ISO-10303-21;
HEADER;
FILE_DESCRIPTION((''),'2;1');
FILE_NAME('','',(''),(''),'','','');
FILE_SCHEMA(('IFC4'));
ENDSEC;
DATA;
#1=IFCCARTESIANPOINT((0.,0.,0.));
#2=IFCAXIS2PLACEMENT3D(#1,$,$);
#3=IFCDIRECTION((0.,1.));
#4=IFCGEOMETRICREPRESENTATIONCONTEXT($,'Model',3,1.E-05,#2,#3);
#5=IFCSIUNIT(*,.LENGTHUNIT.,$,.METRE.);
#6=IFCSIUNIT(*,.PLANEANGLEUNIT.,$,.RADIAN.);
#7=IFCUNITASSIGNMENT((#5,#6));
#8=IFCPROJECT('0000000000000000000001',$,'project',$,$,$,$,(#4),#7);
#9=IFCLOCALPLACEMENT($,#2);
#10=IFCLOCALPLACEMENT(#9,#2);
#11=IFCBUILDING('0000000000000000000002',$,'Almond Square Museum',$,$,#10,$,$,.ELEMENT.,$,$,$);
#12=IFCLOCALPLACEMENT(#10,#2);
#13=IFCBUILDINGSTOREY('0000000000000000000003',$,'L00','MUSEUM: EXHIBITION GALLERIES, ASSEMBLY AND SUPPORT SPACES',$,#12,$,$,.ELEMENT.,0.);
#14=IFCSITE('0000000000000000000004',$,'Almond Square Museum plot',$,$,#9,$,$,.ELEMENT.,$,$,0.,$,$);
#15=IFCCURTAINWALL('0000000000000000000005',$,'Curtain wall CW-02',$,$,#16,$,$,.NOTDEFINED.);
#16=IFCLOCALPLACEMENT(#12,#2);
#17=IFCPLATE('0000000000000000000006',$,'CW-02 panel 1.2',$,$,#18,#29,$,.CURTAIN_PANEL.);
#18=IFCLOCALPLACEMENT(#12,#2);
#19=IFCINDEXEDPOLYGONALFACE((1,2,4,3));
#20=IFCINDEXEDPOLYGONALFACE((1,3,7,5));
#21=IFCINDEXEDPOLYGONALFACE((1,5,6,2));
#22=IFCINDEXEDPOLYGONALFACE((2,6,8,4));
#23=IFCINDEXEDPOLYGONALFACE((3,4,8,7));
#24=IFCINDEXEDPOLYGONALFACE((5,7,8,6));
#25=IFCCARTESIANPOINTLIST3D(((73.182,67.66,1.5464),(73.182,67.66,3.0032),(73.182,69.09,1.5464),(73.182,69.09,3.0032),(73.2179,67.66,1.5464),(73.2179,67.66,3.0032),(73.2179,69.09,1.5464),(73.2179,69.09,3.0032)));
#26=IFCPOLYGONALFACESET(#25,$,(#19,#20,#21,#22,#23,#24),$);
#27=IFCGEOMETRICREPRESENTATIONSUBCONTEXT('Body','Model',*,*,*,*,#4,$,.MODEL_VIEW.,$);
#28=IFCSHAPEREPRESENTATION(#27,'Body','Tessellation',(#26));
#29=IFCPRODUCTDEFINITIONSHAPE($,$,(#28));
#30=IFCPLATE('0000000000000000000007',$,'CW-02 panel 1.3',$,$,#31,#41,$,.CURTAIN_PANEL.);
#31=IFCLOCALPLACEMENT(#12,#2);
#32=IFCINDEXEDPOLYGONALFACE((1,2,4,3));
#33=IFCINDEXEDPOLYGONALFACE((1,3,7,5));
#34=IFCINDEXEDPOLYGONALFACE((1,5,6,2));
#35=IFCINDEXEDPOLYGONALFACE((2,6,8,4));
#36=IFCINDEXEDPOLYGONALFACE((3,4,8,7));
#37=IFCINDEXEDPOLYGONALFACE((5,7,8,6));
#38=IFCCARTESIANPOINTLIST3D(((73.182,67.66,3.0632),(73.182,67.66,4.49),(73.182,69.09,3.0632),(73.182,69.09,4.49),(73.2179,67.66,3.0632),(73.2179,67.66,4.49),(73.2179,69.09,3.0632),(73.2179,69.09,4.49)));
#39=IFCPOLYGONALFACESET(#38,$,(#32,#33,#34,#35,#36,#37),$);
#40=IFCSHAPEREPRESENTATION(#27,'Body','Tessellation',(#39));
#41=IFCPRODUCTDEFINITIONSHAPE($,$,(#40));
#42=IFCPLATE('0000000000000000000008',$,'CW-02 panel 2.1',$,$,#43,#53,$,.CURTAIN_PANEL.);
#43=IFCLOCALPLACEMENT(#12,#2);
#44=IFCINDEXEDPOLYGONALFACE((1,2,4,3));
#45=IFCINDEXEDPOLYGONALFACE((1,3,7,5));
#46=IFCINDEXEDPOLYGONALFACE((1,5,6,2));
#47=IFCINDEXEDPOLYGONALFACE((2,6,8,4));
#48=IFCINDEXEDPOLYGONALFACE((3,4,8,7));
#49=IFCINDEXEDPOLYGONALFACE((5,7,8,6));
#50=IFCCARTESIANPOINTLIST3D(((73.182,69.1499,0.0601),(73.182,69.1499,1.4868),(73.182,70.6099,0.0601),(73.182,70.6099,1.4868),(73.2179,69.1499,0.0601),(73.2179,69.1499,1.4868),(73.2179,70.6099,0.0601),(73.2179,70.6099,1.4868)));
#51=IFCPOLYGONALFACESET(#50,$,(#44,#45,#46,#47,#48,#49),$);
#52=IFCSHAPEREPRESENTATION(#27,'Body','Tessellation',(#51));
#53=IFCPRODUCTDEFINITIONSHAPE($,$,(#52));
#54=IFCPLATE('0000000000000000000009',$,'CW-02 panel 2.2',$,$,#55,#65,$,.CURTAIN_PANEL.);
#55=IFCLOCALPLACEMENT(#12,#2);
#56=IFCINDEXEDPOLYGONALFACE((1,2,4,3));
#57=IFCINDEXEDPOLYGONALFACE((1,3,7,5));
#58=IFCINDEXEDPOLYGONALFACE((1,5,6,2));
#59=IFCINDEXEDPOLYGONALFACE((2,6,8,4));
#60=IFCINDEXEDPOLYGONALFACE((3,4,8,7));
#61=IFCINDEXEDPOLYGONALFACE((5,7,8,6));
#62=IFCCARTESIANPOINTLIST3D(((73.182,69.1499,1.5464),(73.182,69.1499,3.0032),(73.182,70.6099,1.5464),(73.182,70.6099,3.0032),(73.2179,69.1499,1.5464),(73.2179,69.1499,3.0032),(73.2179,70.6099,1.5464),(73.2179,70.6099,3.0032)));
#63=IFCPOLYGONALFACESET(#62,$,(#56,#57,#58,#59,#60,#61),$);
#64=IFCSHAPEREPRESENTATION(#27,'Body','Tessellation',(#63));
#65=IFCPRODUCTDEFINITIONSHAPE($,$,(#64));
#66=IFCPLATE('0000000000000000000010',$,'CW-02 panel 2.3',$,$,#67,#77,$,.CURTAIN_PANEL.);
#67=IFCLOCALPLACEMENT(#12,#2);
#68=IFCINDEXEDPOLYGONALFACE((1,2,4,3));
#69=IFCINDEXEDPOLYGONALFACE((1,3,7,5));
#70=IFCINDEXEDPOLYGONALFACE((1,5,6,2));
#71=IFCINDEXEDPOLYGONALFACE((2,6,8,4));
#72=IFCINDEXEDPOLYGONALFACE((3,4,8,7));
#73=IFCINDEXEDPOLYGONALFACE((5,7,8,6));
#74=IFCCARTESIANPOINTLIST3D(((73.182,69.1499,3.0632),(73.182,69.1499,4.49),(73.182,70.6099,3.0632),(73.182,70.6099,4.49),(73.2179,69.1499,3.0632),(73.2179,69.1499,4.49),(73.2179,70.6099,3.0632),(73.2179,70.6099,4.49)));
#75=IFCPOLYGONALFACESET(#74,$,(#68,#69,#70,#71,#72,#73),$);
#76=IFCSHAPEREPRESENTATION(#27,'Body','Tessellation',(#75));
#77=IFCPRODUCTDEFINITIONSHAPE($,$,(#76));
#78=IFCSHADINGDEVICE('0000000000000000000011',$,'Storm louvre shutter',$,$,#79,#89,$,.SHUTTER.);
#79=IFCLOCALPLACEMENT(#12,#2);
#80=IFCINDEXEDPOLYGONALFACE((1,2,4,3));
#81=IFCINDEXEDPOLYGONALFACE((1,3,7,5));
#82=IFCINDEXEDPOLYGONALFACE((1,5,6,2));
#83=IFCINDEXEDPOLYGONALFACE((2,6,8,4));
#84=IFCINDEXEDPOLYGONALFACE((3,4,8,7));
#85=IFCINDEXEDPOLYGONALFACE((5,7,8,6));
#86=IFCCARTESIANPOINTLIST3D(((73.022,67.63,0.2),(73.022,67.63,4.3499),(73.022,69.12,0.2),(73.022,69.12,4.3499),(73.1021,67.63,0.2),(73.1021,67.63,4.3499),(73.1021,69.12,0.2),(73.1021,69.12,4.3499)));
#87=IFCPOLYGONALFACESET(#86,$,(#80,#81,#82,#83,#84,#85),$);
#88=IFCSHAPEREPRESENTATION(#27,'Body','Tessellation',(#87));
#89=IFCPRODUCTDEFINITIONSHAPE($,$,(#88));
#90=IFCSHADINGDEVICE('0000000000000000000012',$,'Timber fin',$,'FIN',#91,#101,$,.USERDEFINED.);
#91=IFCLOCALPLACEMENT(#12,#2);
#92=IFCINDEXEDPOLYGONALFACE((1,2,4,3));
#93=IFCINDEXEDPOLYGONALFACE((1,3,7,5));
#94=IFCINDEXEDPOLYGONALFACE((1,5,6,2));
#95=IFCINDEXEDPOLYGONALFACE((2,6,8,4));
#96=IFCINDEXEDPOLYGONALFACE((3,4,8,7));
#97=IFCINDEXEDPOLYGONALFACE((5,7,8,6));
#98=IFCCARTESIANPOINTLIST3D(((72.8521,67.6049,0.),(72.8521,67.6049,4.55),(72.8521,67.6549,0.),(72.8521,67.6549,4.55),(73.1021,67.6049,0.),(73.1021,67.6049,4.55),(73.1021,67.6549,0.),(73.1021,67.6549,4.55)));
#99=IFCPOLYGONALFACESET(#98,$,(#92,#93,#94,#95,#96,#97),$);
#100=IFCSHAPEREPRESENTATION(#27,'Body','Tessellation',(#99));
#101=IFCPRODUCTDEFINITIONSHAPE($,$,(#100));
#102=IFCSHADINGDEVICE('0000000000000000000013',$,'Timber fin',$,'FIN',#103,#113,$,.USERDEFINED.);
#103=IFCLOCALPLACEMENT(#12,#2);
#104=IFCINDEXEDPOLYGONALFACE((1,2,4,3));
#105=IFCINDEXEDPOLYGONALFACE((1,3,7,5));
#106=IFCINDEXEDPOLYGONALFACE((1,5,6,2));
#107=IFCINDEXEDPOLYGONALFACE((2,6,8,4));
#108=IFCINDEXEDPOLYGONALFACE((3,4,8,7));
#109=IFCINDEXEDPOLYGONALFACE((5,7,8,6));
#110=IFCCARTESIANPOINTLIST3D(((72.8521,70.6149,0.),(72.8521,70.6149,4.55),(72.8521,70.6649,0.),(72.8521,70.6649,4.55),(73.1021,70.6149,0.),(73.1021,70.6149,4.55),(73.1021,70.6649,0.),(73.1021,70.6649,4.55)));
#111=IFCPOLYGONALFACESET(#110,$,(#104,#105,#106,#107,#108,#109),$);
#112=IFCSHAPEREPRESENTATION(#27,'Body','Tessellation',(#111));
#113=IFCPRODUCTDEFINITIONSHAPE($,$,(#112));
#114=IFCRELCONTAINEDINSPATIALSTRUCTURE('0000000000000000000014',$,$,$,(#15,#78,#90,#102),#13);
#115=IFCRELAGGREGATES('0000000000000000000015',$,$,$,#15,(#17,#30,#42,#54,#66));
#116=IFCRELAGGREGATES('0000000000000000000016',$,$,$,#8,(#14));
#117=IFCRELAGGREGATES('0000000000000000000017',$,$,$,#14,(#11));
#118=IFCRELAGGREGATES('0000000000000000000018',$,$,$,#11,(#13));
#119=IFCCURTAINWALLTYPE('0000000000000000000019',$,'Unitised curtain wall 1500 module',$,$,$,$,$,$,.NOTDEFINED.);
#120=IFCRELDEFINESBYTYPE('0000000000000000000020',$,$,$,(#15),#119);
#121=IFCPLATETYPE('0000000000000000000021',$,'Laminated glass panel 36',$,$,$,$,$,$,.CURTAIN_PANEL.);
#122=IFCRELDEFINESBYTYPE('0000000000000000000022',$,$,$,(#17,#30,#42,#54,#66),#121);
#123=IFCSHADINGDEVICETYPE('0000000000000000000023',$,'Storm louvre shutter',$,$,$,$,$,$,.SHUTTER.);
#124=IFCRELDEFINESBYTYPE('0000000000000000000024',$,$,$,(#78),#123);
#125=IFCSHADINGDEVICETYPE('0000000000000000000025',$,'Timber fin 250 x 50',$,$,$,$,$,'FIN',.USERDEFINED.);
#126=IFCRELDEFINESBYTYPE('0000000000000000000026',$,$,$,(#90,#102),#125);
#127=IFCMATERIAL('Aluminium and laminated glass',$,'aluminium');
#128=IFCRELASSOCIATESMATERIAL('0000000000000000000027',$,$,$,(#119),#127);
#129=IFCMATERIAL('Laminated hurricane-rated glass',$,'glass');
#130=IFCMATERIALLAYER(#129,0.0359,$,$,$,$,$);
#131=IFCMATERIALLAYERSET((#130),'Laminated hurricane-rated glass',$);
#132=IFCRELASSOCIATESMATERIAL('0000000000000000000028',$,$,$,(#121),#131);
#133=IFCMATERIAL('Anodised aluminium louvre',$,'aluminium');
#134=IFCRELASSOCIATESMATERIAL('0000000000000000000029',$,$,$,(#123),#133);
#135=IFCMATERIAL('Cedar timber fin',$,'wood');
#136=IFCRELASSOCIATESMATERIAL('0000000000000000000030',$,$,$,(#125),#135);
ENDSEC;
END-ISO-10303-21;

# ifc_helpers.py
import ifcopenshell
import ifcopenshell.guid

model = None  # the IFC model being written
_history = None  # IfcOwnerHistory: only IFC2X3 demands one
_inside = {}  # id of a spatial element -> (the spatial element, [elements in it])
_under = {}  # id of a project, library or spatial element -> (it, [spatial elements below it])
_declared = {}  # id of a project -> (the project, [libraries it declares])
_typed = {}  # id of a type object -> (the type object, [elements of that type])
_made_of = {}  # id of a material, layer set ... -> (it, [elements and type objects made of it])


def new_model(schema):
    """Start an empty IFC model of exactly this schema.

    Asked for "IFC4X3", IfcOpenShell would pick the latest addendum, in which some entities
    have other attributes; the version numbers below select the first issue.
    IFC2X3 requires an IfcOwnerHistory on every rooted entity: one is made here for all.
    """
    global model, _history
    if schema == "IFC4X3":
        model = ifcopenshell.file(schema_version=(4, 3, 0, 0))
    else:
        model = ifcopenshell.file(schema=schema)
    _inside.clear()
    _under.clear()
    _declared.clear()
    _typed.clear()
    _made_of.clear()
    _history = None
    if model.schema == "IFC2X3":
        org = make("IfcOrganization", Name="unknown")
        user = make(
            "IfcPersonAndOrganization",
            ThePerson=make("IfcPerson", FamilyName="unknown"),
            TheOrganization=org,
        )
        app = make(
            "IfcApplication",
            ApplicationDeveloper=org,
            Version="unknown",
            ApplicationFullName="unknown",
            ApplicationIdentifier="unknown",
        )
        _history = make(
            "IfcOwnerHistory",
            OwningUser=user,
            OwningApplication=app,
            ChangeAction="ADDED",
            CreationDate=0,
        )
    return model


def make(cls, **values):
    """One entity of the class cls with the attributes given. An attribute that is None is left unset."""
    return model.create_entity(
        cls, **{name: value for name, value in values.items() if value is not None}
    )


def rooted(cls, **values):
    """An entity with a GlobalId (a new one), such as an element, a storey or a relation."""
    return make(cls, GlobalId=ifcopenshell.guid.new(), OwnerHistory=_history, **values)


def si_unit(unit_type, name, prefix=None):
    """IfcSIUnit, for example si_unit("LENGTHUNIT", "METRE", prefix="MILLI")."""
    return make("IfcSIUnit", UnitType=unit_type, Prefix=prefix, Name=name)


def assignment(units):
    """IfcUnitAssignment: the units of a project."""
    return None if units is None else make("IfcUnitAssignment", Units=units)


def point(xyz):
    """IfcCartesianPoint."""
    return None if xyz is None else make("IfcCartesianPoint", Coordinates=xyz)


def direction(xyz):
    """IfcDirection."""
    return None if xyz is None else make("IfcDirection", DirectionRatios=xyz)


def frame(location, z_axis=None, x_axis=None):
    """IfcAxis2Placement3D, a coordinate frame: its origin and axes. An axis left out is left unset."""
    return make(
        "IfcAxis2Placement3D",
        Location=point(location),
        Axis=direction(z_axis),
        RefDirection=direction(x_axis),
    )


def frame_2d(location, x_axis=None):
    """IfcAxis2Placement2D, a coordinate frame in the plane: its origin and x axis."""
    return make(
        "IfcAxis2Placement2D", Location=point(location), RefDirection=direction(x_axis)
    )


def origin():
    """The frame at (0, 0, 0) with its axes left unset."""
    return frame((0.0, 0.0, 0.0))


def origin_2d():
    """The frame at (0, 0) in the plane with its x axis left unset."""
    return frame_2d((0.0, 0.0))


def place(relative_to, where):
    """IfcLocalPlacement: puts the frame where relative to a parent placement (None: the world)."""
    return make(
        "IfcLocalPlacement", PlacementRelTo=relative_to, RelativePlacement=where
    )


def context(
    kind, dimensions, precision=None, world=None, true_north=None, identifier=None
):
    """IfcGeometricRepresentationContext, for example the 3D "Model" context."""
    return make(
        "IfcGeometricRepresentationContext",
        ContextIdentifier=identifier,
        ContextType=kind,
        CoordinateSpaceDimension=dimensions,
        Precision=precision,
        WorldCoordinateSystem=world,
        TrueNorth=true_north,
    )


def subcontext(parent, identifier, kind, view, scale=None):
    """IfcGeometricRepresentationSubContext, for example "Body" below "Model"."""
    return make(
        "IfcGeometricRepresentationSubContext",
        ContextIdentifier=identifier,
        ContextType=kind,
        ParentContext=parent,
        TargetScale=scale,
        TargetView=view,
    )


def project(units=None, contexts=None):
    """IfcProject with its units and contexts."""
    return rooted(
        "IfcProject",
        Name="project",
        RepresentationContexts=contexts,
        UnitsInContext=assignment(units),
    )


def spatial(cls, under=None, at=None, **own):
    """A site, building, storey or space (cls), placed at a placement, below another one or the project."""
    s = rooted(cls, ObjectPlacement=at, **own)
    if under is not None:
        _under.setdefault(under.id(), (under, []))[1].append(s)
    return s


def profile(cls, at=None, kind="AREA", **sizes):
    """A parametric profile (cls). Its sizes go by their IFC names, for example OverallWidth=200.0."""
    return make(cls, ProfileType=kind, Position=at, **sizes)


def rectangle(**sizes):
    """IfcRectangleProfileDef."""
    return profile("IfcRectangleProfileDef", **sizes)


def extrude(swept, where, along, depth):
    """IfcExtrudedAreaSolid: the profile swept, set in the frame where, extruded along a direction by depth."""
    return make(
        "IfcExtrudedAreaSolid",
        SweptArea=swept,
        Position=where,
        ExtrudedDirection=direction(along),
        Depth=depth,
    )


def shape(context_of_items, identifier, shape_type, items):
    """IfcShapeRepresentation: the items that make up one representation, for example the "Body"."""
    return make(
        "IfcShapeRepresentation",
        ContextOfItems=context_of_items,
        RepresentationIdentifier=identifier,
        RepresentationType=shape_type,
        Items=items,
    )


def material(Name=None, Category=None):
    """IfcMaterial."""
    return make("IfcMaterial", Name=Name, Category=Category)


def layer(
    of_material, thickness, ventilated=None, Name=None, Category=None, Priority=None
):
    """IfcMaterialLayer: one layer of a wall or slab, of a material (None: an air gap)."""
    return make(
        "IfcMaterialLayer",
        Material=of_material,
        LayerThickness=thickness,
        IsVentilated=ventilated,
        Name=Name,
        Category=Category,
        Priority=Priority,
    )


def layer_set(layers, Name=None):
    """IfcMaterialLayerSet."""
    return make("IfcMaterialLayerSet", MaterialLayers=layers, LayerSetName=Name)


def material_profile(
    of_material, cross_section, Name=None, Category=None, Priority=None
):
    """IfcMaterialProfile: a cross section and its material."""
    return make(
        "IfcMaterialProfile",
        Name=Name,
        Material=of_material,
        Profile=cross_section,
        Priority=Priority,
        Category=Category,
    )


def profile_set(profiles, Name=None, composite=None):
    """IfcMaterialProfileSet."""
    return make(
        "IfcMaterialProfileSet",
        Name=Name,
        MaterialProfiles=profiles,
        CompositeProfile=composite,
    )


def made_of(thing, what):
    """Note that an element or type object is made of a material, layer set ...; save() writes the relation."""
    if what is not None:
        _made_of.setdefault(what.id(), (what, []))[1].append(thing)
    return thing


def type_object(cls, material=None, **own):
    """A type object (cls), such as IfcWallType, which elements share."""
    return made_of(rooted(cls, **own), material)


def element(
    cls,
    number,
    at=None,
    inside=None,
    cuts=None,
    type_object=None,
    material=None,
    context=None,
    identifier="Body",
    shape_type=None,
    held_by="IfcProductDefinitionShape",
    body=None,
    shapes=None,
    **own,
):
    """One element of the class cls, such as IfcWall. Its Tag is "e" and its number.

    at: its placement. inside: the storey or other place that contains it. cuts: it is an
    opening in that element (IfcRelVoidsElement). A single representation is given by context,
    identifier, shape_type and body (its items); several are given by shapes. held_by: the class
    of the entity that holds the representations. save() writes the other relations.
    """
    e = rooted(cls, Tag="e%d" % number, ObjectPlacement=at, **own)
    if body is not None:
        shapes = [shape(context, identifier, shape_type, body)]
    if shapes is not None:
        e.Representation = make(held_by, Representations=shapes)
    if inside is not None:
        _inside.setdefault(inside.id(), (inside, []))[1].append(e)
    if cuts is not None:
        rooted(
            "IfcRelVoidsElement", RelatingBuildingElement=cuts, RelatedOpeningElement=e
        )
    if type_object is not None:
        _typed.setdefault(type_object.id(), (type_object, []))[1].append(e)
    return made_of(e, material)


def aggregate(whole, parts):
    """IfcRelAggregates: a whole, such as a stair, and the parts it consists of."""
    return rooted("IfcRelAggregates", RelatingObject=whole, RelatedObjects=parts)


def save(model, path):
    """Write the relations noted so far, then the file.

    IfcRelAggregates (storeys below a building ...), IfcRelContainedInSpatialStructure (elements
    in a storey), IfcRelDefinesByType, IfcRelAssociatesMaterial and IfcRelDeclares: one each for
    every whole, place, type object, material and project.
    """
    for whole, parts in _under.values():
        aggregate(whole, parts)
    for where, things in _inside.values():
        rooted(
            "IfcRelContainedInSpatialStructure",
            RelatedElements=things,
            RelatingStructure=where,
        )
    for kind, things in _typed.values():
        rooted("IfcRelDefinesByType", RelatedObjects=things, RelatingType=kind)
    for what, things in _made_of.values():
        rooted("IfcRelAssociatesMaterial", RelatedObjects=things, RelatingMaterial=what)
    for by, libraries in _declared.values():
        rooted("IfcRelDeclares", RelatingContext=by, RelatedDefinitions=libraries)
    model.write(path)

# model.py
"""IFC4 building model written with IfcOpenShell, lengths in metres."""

from ifc_helpers import new_model, si_unit, direction, frame, origin, origin_2d, place, context, subcontext, project, spatial, rectangle, extrude, material, layer, layer_set, material_profile, profile_set, type_object, element, aggregate, save


model = new_model("IFC4")

# Units and contexts
model_context = context("Model", 3, precision=1e-05, world=origin(), true_north=direction((0.0, 1.0)))
body_context = subcontext(model_context, "Body", "Model", "MODEL_VIEW")
ifc_project = project(units=[si_unit("LENGTHUNIT", "METRE"), si_unit("PLANEANGLEUNIT", "RADIAN")], contexts=[model_context])

# Site, building, storey
site_placement = place(None, origin())
site = spatial("IfcSite", under=ifc_project, at=site_placement, Name="Almond Square Museum plot", CompositionType="ELEMENT", RefElevation=0.0)
building_placement = place(site_placement, origin())
building = spatial("IfcBuilding", under=site, at=building_placement, Name="Almond Square Museum", CompositionType="ELEMENT")
storey_placement = place(building_placement, origin())
storey = spatial("IfcBuildingStorey", under=building, at=storey_placement, Name="L00", Description="MUSEUM: EXHIBITION GALLERIES, ASSEMBLY AND SUPPORT SPACES", CompositionType="ELEMENT", Elevation=0.0)

# Curtain wall
ifc_material_1 = material(Name="Aluminium and laminated glass", Category="aluminium")
curtain_wall_type = type_object("IfcCurtainWallType", Name="Unitised curtain wall 1500 module", PredefinedType="NOTDEFINED", material=ifc_material_1)
curtain_wall_placement = place(storey_placement, origin())
curtain_wall = element("IfcCurtainWall", 1, at=curtain_wall_placement, inside=storey, type_object=curtain_wall_type, Name="Curtain wall CW-02", PredefinedType="NOTDEFINED")

# Plates
ifc_material_2 = material(Name="Laminated hurricane-rated glass", Category="glass")
ifc_layer = layer(ifc_material_2, 0.0359)
ifc_layer_set = layer_set([ifc_layer], Name="Laminated hurricane-rated glass")
plate_type = type_object("IfcPlateType", Name="Laminated glass panel 36", PredefinedType="CURTAIN_PANEL", material=ifc_layer_set)
plate_1_placement = place(storey_placement, frame((73.2, 68.375, 1.5464), z_axis=(0.0, 0.0, 1.0), x_axis=(0.0, 1.0, 0.0)))
plate_1 = element("IfcPlate", 2, at=plate_1_placement, type_object=plate_type, Name="CW-02 panel 1.2", PredefinedType="CURTAIN_PANEL", context=body_context, shape_type="SweptSolid", body=[
    extrude(rectangle(XDim=1.4299, YDim=0.0359, at=origin_2d()), origin(), (0.0, 0.0, 1.0), 1.4568),
])
plate_2_placement = place(storey_placement, frame((73.2, 68.375, 3.0632), z_axis=(0.0, 0.0, 1.0), x_axis=(0.0, 1.0, 0.0)))
plate_2 = element("IfcPlate", 3, at=plate_2_placement, type_object=plate_type, Name="CW-02 panel 1.3", PredefinedType="CURTAIN_PANEL", context=body_context, shape_type="SweptSolid", body=[
    extrude(rectangle(XDim=1.4299, YDim=0.0359, at=origin_2d()), origin(), (0.0, 0.0, 1.0), 1.4268),
])
plate_3_placement = place(storey_placement, frame((73.2, 69.8799, 0.0601), z_axis=(0.0, 0.0, 1.0), x_axis=(0.0, 1.0, 0.0)))
plate_3 = element("IfcPlate", 4, at=plate_3_placement, type_object=plate_type, Name="CW-02 panel 2.1", PredefinedType="CURTAIN_PANEL", context=body_context, shape_type="SweptSolid", body=[
    extrude(rectangle(XDim=1.46, YDim=0.0359, at=origin_2d()), origin(), (0.0, 0.0, 1.0), 1.4268),
])
plate_4_placement = place(storey_placement, frame((73.2, 69.8799, 1.5464), z_axis=(0.0, 0.0, 1.0), x_axis=(0.0, 1.0, 0.0)))
plate_4 = element("IfcPlate", 5, at=plate_4_placement, type_object=plate_type, Name="CW-02 panel 2.2", PredefinedType="CURTAIN_PANEL", context=body_context, shape_type="SweptSolid", body=[
    extrude(rectangle(XDim=1.46, YDim=0.0359, at=origin_2d()), origin(), (0.0, 0.0, 1.0), 1.4568),
])
plate_5_placement = place(storey_placement, frame((73.2, 69.8799, 3.0632), z_axis=(0.0, 0.0, 1.0), x_axis=(0.0, 1.0, 0.0)))
plate_5 = element("IfcPlate", 6, at=plate_5_placement, type_object=plate_type, Name="CW-02 panel 2.3", PredefinedType="CURTAIN_PANEL", context=body_context, shape_type="SweptSolid", body=[
    extrude(rectangle(XDim=1.46, YDim=0.0359, at=origin_2d()), origin(), (0.0, 0.0, 1.0), 1.4268),
])
aggregate(curtain_wall, [plate_1, plate_2, plate_3, plate_4, plate_5])

# Shading devices
ifc_material_3 = material(Name="Anodised aluminium louvre", Category="aluminium")
shading_device_type_1 = type_object("IfcShadingDeviceType", Name="Storm louvre shutter", PredefinedType="SHUTTER", material=ifc_material_3)
shading_device_placement = place(storey_placement, frame((73.062, 68.375, 0.2), z_axis=(0.0, 0.0, 1.0), x_axis=(1.0, 0.0, 0.0)))
element("IfcShadingDevice", 7, at=shading_device_placement, inside=storey, type_object=shading_device_type_1, Name="Storm louvre shutter", PredefinedType="SHUTTER", context=body_context, shape_type="SweptSolid", body=[
    extrude(rectangle(XDim=0.0801, YDim=1.49, at=origin_2d()), origin(), (0.0, 0.0, 1.0), 4.1499),
])
ifc_material_4 = material(Name="Cedar timber fin", Category="wood")
ifc_material_profile_1 = material_profile(ifc_material_4, rectangle(XDim=0.25, YDim=0.05, at=origin_2d()))
ifc_profile_set_1 = profile_set([ifc_material_profile_1], Name="Cedar timber fin")
shading_device_type_2 = type_object("IfcShadingDeviceType", Name="Timber fin 250 x 50", ElementType="FIN", PredefinedType="USERDEFINED", material=ifc_profile_set_1)
for number, where, z_axis, x_axis, name in (
    (8, (72.9771, 67.6299, 0.0), (0.0, 0.0, 1.0), (-1.0, 0.0, 0.0), "Timber fin"),
    (9, (72.9771, 70.6399, 0.0), (0.0, 0.0, 1.0), (-1.0, 0.0, 0.0), "Timber fin"),
):
    element("IfcShadingDevice", number, at=place(storey_placement, frame(where, z_axis=z_axis, x_axis=x_axis)), inside=storey, type_object=shading_device_type_2, Name=name, ObjectType="FIN", PredefinedType="USERDEFINED", context=body_context, shape_type="SweptSolid", body=[
        extrude(rectangle(XDim=0.25, YDim=0.05, at=origin_2d()), origin(), (0.0, 0.0, 1.0), 4.55),
    ])

save(model, "model.ifc")
